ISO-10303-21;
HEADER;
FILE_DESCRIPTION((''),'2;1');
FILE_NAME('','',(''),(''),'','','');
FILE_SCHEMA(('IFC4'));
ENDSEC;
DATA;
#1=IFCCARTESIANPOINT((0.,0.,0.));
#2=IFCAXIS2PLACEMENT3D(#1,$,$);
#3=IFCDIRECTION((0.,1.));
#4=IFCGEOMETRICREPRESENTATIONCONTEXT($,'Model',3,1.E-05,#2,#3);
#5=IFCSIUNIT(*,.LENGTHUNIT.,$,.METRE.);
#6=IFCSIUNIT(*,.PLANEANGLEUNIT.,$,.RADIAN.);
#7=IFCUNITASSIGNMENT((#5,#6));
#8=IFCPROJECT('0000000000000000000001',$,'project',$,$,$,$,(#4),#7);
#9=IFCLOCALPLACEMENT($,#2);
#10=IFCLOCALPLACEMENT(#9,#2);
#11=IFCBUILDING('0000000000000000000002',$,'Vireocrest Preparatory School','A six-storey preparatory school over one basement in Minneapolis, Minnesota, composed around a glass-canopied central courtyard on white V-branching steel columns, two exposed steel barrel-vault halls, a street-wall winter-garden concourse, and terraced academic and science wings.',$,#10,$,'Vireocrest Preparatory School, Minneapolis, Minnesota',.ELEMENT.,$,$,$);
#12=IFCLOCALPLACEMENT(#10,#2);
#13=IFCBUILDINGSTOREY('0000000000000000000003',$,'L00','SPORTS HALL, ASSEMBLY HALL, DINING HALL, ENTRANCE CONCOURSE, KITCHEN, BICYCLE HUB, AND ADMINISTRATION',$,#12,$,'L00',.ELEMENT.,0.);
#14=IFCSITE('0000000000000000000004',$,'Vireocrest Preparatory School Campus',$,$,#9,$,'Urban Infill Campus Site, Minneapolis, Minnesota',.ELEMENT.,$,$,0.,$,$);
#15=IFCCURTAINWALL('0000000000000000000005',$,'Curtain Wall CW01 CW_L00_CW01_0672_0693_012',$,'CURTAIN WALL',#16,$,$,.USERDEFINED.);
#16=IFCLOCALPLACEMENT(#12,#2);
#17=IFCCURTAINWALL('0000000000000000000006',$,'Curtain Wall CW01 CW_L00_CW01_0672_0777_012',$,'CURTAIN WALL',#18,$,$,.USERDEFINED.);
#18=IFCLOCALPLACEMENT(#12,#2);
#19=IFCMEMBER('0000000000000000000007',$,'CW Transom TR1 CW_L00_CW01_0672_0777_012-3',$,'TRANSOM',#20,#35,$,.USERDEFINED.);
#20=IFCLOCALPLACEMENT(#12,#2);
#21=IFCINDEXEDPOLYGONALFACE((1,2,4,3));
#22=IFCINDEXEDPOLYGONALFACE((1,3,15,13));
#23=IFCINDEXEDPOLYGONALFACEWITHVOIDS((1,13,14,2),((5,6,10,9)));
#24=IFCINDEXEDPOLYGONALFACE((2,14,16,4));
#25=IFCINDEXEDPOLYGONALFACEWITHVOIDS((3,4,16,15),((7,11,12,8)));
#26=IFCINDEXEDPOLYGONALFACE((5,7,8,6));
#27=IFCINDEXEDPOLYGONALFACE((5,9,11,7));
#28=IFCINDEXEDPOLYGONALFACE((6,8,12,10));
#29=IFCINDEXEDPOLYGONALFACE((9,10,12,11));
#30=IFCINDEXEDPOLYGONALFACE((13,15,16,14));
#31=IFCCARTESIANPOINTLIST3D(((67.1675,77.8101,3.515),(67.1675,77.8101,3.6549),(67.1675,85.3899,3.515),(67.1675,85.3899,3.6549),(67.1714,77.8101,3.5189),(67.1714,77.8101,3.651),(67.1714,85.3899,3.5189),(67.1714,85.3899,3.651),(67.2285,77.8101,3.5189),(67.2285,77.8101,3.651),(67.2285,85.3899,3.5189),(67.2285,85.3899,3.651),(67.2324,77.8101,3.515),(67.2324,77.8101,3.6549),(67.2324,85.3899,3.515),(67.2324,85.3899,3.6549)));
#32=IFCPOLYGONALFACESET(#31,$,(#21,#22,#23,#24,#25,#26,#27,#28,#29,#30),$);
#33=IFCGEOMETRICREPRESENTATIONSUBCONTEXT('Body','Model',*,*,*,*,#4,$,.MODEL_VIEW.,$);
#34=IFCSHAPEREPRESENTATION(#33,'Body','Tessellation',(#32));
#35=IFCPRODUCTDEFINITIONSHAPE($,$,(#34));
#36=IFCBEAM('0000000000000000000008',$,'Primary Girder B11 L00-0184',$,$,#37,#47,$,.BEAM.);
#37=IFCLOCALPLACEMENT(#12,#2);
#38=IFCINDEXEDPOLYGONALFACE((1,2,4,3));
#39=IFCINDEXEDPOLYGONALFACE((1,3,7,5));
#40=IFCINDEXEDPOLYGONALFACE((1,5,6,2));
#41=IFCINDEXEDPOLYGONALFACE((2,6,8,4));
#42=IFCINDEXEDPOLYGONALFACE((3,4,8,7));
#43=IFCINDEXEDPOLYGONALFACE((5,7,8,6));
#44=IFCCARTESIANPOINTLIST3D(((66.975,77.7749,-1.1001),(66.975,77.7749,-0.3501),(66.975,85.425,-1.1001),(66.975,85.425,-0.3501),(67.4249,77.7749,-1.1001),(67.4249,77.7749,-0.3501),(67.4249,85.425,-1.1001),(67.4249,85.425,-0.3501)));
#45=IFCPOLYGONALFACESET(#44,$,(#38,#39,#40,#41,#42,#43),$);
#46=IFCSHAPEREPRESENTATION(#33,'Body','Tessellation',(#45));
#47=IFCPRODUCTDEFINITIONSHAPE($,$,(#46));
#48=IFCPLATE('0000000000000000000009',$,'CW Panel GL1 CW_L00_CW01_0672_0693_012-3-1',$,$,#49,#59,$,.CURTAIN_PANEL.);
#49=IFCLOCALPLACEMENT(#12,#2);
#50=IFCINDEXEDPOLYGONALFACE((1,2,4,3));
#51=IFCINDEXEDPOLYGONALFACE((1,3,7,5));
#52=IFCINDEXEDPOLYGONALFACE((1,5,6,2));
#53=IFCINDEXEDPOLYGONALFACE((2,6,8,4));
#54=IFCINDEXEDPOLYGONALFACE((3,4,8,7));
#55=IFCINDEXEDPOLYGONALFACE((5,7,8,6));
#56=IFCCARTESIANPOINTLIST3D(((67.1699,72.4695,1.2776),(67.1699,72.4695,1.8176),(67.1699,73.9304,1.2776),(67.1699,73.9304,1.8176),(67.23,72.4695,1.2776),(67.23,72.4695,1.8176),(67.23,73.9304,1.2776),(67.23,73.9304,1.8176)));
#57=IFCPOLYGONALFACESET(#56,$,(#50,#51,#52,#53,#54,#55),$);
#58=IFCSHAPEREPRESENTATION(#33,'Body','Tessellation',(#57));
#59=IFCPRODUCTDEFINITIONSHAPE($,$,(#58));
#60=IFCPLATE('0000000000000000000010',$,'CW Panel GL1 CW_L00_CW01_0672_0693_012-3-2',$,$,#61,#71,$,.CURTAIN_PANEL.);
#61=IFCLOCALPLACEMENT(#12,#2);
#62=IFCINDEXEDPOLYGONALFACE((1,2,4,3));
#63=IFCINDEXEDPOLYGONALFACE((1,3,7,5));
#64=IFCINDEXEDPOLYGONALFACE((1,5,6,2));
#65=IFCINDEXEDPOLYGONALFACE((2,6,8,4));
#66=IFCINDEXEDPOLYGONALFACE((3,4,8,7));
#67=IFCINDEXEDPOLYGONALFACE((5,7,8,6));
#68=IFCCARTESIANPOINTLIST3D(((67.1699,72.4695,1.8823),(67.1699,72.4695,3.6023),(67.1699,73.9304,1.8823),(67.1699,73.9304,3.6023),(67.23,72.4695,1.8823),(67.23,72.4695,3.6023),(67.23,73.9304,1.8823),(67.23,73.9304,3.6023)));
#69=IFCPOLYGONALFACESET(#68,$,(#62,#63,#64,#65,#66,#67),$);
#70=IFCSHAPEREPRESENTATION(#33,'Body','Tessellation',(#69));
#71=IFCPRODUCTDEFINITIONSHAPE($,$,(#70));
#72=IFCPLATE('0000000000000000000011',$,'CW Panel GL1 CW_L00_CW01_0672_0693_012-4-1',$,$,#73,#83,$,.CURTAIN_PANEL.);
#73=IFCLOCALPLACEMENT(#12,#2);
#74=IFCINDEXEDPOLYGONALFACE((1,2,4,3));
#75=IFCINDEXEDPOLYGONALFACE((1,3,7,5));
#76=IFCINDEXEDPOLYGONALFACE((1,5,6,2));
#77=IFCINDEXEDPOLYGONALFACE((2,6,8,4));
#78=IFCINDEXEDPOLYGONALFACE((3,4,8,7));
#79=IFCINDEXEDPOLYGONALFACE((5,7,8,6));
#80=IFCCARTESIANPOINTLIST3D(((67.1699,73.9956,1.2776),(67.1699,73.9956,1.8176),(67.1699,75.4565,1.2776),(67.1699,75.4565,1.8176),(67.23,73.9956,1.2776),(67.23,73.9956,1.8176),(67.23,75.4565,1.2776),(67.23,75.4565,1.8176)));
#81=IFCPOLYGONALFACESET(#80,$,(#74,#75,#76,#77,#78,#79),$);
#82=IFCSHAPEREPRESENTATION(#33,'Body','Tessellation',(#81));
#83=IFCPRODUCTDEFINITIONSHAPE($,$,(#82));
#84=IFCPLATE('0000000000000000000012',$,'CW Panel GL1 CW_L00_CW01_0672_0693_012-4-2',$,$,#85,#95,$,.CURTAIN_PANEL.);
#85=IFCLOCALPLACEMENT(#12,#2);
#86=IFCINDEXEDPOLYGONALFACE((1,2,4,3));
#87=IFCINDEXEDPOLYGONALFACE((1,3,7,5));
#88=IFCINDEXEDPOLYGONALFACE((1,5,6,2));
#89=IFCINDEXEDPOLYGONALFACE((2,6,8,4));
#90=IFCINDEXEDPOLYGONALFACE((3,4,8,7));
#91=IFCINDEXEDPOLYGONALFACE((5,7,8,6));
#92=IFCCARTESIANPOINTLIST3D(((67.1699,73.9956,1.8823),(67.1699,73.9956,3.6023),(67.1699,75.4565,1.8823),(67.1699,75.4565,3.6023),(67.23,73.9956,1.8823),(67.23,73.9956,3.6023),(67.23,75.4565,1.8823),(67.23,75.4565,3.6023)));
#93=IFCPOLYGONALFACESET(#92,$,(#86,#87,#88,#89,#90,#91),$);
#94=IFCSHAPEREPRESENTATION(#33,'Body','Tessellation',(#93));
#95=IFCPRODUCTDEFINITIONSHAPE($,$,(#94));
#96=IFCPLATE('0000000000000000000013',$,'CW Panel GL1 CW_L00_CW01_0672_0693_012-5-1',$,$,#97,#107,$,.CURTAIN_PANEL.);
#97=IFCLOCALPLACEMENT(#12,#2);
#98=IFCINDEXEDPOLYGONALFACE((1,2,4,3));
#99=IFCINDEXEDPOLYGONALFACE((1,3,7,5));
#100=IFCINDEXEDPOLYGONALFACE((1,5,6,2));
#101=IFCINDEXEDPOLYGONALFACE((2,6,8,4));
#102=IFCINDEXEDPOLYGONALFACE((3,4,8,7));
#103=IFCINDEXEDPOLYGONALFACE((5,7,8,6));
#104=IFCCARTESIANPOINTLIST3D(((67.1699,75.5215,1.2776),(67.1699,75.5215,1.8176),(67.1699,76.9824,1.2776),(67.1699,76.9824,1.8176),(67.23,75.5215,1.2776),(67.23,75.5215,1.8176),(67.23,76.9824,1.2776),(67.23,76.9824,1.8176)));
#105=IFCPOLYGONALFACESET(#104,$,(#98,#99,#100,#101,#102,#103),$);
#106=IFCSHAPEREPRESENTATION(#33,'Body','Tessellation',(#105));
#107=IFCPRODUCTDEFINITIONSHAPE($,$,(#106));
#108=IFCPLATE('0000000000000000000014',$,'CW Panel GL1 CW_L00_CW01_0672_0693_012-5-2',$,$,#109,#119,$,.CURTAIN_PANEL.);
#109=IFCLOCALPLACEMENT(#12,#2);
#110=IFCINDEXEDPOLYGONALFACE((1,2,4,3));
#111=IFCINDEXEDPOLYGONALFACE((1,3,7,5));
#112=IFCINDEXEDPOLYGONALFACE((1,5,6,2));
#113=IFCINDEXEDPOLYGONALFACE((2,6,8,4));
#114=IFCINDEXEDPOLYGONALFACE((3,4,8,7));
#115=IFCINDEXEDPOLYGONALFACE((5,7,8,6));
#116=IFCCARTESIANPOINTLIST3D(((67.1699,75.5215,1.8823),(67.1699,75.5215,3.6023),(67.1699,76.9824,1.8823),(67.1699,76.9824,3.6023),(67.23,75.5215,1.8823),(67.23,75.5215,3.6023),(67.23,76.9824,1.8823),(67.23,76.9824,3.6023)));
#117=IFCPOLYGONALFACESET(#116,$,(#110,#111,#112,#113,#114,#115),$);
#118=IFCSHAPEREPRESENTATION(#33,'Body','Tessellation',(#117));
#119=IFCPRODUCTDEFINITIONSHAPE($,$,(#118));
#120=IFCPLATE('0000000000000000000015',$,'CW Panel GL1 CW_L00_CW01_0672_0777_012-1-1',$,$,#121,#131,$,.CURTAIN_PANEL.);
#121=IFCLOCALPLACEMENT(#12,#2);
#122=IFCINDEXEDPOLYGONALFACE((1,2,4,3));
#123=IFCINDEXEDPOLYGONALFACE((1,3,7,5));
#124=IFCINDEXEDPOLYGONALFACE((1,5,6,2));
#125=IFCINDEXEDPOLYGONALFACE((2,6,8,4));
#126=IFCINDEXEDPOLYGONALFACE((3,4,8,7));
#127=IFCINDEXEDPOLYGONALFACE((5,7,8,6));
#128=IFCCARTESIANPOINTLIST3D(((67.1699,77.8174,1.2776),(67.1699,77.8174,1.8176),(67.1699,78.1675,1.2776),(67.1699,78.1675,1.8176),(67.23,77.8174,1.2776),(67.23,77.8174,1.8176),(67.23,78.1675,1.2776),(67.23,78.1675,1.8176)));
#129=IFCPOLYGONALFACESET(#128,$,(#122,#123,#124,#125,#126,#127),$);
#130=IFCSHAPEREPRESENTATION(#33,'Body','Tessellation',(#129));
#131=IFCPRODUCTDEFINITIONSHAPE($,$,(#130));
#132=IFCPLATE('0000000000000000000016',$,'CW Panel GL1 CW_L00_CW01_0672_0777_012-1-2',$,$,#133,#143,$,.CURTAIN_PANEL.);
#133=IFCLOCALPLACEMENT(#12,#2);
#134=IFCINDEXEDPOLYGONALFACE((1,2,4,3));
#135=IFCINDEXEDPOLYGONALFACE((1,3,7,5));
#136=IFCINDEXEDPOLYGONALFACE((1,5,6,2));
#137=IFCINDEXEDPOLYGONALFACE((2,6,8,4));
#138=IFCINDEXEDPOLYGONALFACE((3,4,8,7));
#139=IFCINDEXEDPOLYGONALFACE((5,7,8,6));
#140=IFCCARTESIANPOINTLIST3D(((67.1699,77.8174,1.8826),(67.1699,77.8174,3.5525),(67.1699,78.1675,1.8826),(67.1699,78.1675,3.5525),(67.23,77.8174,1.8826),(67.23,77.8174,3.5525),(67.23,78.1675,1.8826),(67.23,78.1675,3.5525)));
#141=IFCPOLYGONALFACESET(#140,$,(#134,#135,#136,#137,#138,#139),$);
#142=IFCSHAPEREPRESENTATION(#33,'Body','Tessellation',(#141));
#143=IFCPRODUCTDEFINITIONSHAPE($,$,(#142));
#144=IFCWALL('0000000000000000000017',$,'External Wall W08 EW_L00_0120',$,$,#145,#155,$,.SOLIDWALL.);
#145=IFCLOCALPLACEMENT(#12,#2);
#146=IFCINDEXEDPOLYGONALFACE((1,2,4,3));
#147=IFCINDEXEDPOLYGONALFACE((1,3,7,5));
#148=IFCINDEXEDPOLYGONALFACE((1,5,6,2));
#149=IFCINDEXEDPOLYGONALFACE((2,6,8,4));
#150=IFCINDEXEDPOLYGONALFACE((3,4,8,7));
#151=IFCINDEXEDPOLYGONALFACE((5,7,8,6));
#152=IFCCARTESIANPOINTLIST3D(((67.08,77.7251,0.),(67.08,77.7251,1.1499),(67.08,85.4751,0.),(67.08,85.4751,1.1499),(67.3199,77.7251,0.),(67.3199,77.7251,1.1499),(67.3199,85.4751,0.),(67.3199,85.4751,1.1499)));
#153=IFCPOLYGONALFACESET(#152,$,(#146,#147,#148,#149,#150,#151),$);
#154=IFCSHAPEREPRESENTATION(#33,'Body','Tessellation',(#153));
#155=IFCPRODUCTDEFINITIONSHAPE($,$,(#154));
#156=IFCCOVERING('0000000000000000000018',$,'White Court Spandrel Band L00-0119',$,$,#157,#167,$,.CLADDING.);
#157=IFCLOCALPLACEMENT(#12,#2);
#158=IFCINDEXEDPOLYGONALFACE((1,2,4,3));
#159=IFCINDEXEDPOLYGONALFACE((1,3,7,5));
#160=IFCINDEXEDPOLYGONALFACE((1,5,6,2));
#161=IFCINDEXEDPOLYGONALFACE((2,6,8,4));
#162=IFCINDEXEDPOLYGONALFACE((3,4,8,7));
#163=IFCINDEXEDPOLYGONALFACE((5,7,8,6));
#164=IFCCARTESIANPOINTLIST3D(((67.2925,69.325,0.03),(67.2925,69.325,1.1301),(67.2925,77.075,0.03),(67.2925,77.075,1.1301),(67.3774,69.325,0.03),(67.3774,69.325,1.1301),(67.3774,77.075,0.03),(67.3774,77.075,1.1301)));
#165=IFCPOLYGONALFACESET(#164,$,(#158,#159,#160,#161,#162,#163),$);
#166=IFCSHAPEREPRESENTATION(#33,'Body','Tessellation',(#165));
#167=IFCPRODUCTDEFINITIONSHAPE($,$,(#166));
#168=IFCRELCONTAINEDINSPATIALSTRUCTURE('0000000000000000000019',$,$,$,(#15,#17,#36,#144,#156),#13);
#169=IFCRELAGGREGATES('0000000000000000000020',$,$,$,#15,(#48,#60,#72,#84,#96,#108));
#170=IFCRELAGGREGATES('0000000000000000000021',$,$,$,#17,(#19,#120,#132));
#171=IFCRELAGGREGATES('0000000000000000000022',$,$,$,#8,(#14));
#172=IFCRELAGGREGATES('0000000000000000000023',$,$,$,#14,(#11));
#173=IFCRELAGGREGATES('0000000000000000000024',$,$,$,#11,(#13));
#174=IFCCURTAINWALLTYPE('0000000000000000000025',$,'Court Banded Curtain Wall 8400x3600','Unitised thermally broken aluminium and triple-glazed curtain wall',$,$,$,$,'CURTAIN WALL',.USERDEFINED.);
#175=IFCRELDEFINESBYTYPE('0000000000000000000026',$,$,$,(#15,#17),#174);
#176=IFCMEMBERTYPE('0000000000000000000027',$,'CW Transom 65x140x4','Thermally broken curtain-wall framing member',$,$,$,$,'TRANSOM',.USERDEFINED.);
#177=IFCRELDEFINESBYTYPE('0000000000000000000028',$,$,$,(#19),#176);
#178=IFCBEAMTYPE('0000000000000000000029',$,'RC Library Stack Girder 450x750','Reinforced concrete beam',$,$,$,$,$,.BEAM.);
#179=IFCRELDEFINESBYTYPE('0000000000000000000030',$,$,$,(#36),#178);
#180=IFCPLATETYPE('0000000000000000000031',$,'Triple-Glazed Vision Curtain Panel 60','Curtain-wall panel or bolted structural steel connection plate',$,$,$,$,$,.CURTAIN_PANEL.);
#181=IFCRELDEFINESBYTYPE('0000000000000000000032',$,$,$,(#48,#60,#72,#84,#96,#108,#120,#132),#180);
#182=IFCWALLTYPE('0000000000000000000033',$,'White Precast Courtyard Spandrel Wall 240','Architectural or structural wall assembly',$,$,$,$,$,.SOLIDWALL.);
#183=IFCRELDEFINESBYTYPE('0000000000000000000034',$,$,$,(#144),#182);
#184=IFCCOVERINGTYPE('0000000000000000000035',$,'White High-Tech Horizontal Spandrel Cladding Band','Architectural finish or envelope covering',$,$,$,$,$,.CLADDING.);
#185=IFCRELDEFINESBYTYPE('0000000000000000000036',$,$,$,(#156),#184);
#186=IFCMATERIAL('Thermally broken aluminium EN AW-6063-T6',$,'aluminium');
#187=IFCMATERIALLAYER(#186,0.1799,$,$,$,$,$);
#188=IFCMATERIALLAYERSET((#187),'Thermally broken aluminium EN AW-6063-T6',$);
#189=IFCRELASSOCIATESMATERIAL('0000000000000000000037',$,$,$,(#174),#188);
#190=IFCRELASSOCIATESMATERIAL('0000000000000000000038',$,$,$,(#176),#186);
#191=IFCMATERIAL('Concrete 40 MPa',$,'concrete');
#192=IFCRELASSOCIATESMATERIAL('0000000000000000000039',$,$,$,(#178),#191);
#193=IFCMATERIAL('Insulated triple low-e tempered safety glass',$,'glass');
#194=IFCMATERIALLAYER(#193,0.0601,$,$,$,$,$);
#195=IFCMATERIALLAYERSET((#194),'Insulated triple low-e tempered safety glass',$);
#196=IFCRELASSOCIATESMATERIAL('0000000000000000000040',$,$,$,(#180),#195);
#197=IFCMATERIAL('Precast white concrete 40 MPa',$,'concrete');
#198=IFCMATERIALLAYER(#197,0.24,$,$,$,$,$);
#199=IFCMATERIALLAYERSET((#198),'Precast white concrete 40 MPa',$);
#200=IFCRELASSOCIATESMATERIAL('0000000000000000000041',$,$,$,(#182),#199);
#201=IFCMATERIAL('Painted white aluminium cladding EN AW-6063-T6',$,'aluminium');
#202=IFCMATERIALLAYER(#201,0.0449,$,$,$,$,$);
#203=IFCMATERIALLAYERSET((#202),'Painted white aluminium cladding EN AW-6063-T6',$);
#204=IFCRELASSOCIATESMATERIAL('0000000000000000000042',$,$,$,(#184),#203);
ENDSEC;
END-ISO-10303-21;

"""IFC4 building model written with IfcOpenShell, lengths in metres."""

from ifc_helpers import new_model, si_unit, direction, frame, frame_2d, origin, origin_2d, place, context, subcontext, project, spatial, rectangle, hollow_rectangle, extrude, material, layer, layer_set, material_profile, profile_set, type_object, element, aggregate, save


model = new_model("IFC4")

# Units and contexts
model_context = context("Model", 3, precision=1e-05, world=origin(), true_north=direction((0.0, 1.0)))
body_context = subcontext(model_context, "Body", "Model", "MODEL_VIEW")
ifc_project = project(units=[si_unit("LENGTHUNIT", "METRE"), si_unit("PLANEANGLEUNIT", "RADIAN")], contexts=[model_context])

# Site, building, storey
site_placement = place(None, origin())
site = spatial("IfcSite", under=ifc_project, at=site_placement, Name="Vireocrest Preparatory School Campus", LongName="Urban Infill Campus Site, Minneapolis, Minnesota", CompositionType="ELEMENT", RefElevation=0.0)
building_placement = place(site_placement, origin())
building = spatial("IfcBuilding", under=site, at=building_placement, Name="Vireocrest Preparatory School", Description="A six-storey preparatory school over one basement in Minneapolis, Minnesota, composed around a glass-canopied central courtyard on white V-branching steel columns, two exposed steel barrel-vault halls, a street-wall winter-garden concourse, and terraced academic and science wings.", LongName="Vireocrest Preparatory School, Minneapolis, Minnesota", CompositionType="ELEMENT")
storey_placement = place(building_placement, origin())
storey = spatial("IfcBuildingStorey", under=building, at=storey_placement, Name="L00", Description="SPORTS HALL, ASSEMBLY HALL, DINING HALL, ENTRANCE CONCOURSE, KITCHEN, BICYCLE HUB, AND ADMINISTRATION", LongName="L00", CompositionType="ELEMENT", Elevation=0.0)

# Curtain walls, member
ifc_material_1 = material(Name="Thermally broken aluminium EN AW-6063-T6", Category="aluminium")
ifc_layer_1 = layer(ifc_material_1, 0.1799)
ifc_layer_set_1 = layer_set([ifc_layer_1], Name="Thermally broken aluminium EN AW-6063-T6")
curtain_wall_type = type_object("IfcCurtainWallType", Name="Court Banded Curtain Wall 8400x3600", Description="Unitised thermally broken aluminium and triple-glazed curtain wall", ElementType="CURTAIN WALL", PredefinedType="USERDEFINED", material=ifc_layer_set_1)
curtain_wall_1_placement = place(storey_placement, origin())
curtain_wall_1 = element("IfcCurtainWall", 1, at=curtain_wall_1_placement, inside=storey, type_object=curtain_wall_type, Name="Curtain Wall CW01 CW_L00_CW01_0672_0693_012", ObjectType="CURTAIN WALL", PredefinedType="USERDEFINED")
curtain_wall_2_placement = place(storey_placement, origin())
curtain_wall_2 = element("IfcCurtainWall", 2, at=curtain_wall_2_placement, inside=storey, type_object=curtain_wall_type, Name="Curtain Wall CW01 CW_L00_CW01_0672_0777_012", ObjectType="CURTAIN WALL", PredefinedType="USERDEFINED")
ifc_material_profile_1 = material_profile(ifc_material_1, hollow_rectangle(XDim=0.0649, YDim=0.1399, WallThickness=0.0039, at=origin_2d()), Name="ALU 65x140x4")
ifc_profile_set_1 = profile_set([ifc_material_profile_1], Name="Thermally broken aluminium EN AW-6063-T6")
member_type_1 = type_object("IfcMemberType", Name="CW Transom 65x140x4", Description="Thermally broken curtain-wall framing member", ElementType="TRANSOM", PredefinedType="USERDEFINED", material=ifc_profile_set_1)
member_1_placement = place(storey_placement, frame((67.2, 77.8101, 3.585), z_axis=(0.0, 1.0, 0.0), x_axis=(-1.0, 0.0, 0.0)))
member_1 = element("IfcMember", 3, at=member_1_placement, type_object=member_type_1, Name="CW Transom TR1 CW_L00_CW01_0672_0777_012-3", ObjectType="TRANSOM", PredefinedType="USERDEFINED", context=body_context, shape_type="SweptSolid", body=[
    extrude(hollow_rectangle(XDim=0.0649, YDim=0.1399, WallThickness=0.0039, at=origin_2d()), origin(), (0.0, 0.0, 1.0), 7.5798),
])

# Beam
ifc_material_2 = material(Name="Concrete 40 MPa", Category="concrete")
ifc_material_profile_2 = material_profile(ifc_material_2, rectangle(XDim=0.45, YDim=0.75, at=origin_2d()), Name="RC 450x750")
ifc_profile_set_2 = profile_set([ifc_material_profile_2], Name="Concrete 40 MPa")
beam_type = type_object("IfcBeamType", Name="RC Library Stack Girder 450x750", Description="Reinforced concrete beam", PredefinedType="BEAM", material=ifc_profile_set_2)
beam_placement = place(storey_placement, frame((67.2, 77.7749, -0.7251), z_axis=(0.0, 1.0, 0.0), x_axis=(-1.0, 0.0, 0.0)))
element("IfcBeam", 4, at=beam_placement, inside=storey, type_object=beam_type, Name="Primary Girder B11 L00-0184", PredefinedType="BEAM", context=body_context, shape_type="SweptSolid", body=[
    extrude(rectangle(XDim=0.45, YDim=0.75, at=origin_2d()), origin(), (0.0, 0.0, 1.0), 7.6501),
])

# Plates
ifc_material_3 = material(Name="Insulated triple low-e tempered safety glass", Category="glass")
ifc_layer_2 = layer(ifc_material_3, 0.0601)
ifc_layer_set_2 = layer_set([ifc_layer_2], Name="Insulated triple low-e tempered safety glass")
plate_type = type_object("IfcPlateType", Name="Triple-Glazed Vision Curtain Panel 60", Description="Curtain-wall panel or bolted structural steel connection plate", PredefinedType="CURTAIN_PANEL", material=ifc_layer_set_2)
plate_1_placement = place(storey_placement, frame((67.2, 73.2, 1.2776), z_axis=(0.0, 0.0, 1.0), x_axis=(0.0, 1.0, 0.0)))
plate_1 = element("IfcPlate", 5, at=plate_1_placement, type_object=plate_type, Name="CW Panel GL1 CW_L00_CW01_0672_0693_012-3-1", PredefinedType="CURTAIN_PANEL", context=body_context, shape_type="SweptSolid", body=[
    extrude(rectangle(XDim=1.4609, YDim=0.0601, at=origin_2d()), origin(), (0.0, 0.0, 1.0), 0.54),
])
plate_2_placement = place(storey_placement, frame((67.2, 73.2, 1.8823), z_axis=(0.0, 0.0, 1.0), x_axis=(0.0, 1.0, 0.0)))
plate_2 = element("IfcPlate", 6, at=plate_2_placement, type_object=plate_type, Name="CW Panel GL1 CW_L00_CW01_0672_0693_012-3-2", PredefinedType="CURTAIN_PANEL", context=body_context, shape_type="SweptSolid", body=[
    extrude(rectangle(XDim=1.4609, YDim=0.0601, at=origin_2d()), origin(), (0.0, 0.0, 1.0), 1.72),
])
plate_3_placement = place(storey_placement, frame((67.2, 74.7261, 1.2776), z_axis=(0.0, 0.0, 1.0), x_axis=(0.0, 1.0, 0.0)))
plate_3 = element("IfcPlate", 7, at=plate_3_placement, type_object=plate_type, Name="CW Panel GL1 CW_L00_CW01_0672_0693_012-4-1", PredefinedType="CURTAIN_PANEL", context=body_context, shape_type="SweptSolid", body=[
    extrude(rectangle(XDim=1.4609, YDim=0.0601, at=origin_2d()), origin(), (0.0, 0.0, 1.0), 0.54),
])
plate_4_placement = place(storey_placement, frame((67.2, 74.7261, 1.8823), z_axis=(0.0, 0.0, 1.0), x_axis=(0.0, 1.0, 0.0)))
plate_4 = element("IfcPlate", 8, at=plate_4_placement, type_object=plate_type, Name="CW Panel GL1 CW_L00_CW01_0672_0693_012-4-2", PredefinedType="CURTAIN_PANEL", context=body_context, shape_type="SweptSolid", body=[
    extrude(rectangle(XDim=1.4609, YDim=0.0601, at=origin_2d()), origin(), (0.0, 0.0, 1.0), 1.72),
])
plate_5_placement = place(storey_placement, frame((67.2, 76.252, 1.2776), z_axis=(0.0, 0.0, 1.0), x_axis=(0.0, 1.0, 0.0)))
plate_5 = element("IfcPlate", 9, at=plate_5_placement, type_object=plate_type, Name="CW Panel GL1 CW_L00_CW01_0672_0693_012-5-1", PredefinedType="CURTAIN_PANEL", context=body_context, shape_type="SweptSolid", body=[
    extrude(rectangle(XDim=1.4609, YDim=0.0601, at=origin_2d()), origin(), (0.0, 0.0, 1.0), 0.54),
])
plate_6_placement = place(storey_placement, frame((67.2, 76.252, 1.8823), z_axis=(0.0, 0.0, 1.0), x_axis=(0.0, 1.0, 0.0)))
plate_6 = element("IfcPlate", 10, at=plate_6_placement, type_object=plate_type, Name="CW Panel GL1 CW_L00_CW01_0672_0693_012-5-2", PredefinedType="CURTAIN_PANEL", context=body_context, shape_type="SweptSolid", body=[
    extrude(rectangle(XDim=1.4609, YDim=0.0601, at=origin_2d()), origin(), (0.0, 0.0, 1.0), 1.72),
])
aggregate(curtain_wall_1, [plate_1, plate_2, plate_3, plate_4, plate_5, plate_6])
plate_7_placement = place(storey_placement, frame((67.2, 77.9924, 1.2776), z_axis=(0.0, 0.0, 1.0), x_axis=(0.0, 1.0, 0.0)))
plate_7 = element("IfcPlate", 11, at=plate_7_placement, type_object=plate_type, Name="CW Panel GL1 CW_L00_CW01_0672_0777_012-1-1", PredefinedType="CURTAIN_PANEL", context=body_context, shape_type="SweptSolid", body=[
    extrude(rectangle(XDim=0.3501, YDim=0.0601, at=origin_2d()), origin(), (0.0, 0.0, 1.0), 0.54),
])
plate_8_placement = place(storey_placement, frame((67.2, 77.9924, 1.8826), z_axis=(0.0, 0.0, 1.0), x_axis=(0.0, 1.0, 0.0)))
plate_8 = element("IfcPlate", 12, at=plate_8_placement, type_object=plate_type, Name="CW Panel GL1 CW_L00_CW01_0672_0777_012-1-2", PredefinedType="CURTAIN_PANEL", context=body_context, shape_type="SweptSolid", body=[
    extrude(rectangle(XDim=0.3501, YDim=0.0601, at=origin_2d()), origin(), (0.0, 0.0, 1.0), 1.6699),
])
aggregate(curtain_wall_2, [member_1, plate_7, plate_8])

# Wall
ifc_material_4 = material(Name="Precast white concrete 40 MPa", Category="concrete")
ifc_layer_3 = layer(ifc_material_4, 0.24)
ifc_layer_set_3 = layer_set([ifc_layer_3], Name="Precast white concrete 40 MPa")
wall_type = type_object("IfcWallType", Name="White Precast Courtyard Spandrel Wall 240", Description="Architectural or structural wall assembly", PredefinedType="SOLIDWALL", material=ifc_layer_set_3)
wall_placement = place(storey_placement, frame((67.2, 77.7251, 0.0), z_axis=(0.0, 0.0, 1.0), x_axis=(0.0, 1.0, 0.0)))
element("IfcWall", 13, at=wall_placement, inside=storey, type_object=wall_type, Name="External Wall W08 EW_L00_0120", PredefinedType="SOLIDWALL", context=body_context, shape_type="SweptSolid", body=[
    extrude(rectangle(XDim=7.75, YDim=0.24, at=frame_2d((3.875, 0.0))), origin(), (0.0, 0.0, 1.0), 1.1499),
])

# Covering
ifc_material_5 = material(Name="Painted white aluminium cladding EN AW-6063-T6", Category="aluminium")
ifc_layer_4 = layer(ifc_material_5, 0.0449)
ifc_layer_set_4 = layer_set([ifc_layer_4], Name="Painted white aluminium cladding EN AW-6063-T6")
covering_type = type_object("IfcCoveringType", Name="White High-Tech Horizontal Spandrel Cladding Band", Description="Architectural finish or envelope covering", PredefinedType="CLADDING", material=ifc_layer_set_4)
covering_placement = place(storey_placement, frame((67.335, 73.2, 0.03), z_axis=(0.0, 0.0, 1.0), x_axis=(1.0, 0.0, 0.0)))
element("IfcCovering", 14, at=covering_placement, inside=storey, type_object=covering_type, Name="White Court Spandrel Band L00-0119", PredefinedType="CLADDING", context=body_context, shape_type="SweptSolid", body=[
    extrude(rectangle(XDim=0.085, YDim=7.75, at=origin_2d()), origin(), (0.0, 0.0, 1.0), 1.1001),
])

save(model, "model.ifc")
